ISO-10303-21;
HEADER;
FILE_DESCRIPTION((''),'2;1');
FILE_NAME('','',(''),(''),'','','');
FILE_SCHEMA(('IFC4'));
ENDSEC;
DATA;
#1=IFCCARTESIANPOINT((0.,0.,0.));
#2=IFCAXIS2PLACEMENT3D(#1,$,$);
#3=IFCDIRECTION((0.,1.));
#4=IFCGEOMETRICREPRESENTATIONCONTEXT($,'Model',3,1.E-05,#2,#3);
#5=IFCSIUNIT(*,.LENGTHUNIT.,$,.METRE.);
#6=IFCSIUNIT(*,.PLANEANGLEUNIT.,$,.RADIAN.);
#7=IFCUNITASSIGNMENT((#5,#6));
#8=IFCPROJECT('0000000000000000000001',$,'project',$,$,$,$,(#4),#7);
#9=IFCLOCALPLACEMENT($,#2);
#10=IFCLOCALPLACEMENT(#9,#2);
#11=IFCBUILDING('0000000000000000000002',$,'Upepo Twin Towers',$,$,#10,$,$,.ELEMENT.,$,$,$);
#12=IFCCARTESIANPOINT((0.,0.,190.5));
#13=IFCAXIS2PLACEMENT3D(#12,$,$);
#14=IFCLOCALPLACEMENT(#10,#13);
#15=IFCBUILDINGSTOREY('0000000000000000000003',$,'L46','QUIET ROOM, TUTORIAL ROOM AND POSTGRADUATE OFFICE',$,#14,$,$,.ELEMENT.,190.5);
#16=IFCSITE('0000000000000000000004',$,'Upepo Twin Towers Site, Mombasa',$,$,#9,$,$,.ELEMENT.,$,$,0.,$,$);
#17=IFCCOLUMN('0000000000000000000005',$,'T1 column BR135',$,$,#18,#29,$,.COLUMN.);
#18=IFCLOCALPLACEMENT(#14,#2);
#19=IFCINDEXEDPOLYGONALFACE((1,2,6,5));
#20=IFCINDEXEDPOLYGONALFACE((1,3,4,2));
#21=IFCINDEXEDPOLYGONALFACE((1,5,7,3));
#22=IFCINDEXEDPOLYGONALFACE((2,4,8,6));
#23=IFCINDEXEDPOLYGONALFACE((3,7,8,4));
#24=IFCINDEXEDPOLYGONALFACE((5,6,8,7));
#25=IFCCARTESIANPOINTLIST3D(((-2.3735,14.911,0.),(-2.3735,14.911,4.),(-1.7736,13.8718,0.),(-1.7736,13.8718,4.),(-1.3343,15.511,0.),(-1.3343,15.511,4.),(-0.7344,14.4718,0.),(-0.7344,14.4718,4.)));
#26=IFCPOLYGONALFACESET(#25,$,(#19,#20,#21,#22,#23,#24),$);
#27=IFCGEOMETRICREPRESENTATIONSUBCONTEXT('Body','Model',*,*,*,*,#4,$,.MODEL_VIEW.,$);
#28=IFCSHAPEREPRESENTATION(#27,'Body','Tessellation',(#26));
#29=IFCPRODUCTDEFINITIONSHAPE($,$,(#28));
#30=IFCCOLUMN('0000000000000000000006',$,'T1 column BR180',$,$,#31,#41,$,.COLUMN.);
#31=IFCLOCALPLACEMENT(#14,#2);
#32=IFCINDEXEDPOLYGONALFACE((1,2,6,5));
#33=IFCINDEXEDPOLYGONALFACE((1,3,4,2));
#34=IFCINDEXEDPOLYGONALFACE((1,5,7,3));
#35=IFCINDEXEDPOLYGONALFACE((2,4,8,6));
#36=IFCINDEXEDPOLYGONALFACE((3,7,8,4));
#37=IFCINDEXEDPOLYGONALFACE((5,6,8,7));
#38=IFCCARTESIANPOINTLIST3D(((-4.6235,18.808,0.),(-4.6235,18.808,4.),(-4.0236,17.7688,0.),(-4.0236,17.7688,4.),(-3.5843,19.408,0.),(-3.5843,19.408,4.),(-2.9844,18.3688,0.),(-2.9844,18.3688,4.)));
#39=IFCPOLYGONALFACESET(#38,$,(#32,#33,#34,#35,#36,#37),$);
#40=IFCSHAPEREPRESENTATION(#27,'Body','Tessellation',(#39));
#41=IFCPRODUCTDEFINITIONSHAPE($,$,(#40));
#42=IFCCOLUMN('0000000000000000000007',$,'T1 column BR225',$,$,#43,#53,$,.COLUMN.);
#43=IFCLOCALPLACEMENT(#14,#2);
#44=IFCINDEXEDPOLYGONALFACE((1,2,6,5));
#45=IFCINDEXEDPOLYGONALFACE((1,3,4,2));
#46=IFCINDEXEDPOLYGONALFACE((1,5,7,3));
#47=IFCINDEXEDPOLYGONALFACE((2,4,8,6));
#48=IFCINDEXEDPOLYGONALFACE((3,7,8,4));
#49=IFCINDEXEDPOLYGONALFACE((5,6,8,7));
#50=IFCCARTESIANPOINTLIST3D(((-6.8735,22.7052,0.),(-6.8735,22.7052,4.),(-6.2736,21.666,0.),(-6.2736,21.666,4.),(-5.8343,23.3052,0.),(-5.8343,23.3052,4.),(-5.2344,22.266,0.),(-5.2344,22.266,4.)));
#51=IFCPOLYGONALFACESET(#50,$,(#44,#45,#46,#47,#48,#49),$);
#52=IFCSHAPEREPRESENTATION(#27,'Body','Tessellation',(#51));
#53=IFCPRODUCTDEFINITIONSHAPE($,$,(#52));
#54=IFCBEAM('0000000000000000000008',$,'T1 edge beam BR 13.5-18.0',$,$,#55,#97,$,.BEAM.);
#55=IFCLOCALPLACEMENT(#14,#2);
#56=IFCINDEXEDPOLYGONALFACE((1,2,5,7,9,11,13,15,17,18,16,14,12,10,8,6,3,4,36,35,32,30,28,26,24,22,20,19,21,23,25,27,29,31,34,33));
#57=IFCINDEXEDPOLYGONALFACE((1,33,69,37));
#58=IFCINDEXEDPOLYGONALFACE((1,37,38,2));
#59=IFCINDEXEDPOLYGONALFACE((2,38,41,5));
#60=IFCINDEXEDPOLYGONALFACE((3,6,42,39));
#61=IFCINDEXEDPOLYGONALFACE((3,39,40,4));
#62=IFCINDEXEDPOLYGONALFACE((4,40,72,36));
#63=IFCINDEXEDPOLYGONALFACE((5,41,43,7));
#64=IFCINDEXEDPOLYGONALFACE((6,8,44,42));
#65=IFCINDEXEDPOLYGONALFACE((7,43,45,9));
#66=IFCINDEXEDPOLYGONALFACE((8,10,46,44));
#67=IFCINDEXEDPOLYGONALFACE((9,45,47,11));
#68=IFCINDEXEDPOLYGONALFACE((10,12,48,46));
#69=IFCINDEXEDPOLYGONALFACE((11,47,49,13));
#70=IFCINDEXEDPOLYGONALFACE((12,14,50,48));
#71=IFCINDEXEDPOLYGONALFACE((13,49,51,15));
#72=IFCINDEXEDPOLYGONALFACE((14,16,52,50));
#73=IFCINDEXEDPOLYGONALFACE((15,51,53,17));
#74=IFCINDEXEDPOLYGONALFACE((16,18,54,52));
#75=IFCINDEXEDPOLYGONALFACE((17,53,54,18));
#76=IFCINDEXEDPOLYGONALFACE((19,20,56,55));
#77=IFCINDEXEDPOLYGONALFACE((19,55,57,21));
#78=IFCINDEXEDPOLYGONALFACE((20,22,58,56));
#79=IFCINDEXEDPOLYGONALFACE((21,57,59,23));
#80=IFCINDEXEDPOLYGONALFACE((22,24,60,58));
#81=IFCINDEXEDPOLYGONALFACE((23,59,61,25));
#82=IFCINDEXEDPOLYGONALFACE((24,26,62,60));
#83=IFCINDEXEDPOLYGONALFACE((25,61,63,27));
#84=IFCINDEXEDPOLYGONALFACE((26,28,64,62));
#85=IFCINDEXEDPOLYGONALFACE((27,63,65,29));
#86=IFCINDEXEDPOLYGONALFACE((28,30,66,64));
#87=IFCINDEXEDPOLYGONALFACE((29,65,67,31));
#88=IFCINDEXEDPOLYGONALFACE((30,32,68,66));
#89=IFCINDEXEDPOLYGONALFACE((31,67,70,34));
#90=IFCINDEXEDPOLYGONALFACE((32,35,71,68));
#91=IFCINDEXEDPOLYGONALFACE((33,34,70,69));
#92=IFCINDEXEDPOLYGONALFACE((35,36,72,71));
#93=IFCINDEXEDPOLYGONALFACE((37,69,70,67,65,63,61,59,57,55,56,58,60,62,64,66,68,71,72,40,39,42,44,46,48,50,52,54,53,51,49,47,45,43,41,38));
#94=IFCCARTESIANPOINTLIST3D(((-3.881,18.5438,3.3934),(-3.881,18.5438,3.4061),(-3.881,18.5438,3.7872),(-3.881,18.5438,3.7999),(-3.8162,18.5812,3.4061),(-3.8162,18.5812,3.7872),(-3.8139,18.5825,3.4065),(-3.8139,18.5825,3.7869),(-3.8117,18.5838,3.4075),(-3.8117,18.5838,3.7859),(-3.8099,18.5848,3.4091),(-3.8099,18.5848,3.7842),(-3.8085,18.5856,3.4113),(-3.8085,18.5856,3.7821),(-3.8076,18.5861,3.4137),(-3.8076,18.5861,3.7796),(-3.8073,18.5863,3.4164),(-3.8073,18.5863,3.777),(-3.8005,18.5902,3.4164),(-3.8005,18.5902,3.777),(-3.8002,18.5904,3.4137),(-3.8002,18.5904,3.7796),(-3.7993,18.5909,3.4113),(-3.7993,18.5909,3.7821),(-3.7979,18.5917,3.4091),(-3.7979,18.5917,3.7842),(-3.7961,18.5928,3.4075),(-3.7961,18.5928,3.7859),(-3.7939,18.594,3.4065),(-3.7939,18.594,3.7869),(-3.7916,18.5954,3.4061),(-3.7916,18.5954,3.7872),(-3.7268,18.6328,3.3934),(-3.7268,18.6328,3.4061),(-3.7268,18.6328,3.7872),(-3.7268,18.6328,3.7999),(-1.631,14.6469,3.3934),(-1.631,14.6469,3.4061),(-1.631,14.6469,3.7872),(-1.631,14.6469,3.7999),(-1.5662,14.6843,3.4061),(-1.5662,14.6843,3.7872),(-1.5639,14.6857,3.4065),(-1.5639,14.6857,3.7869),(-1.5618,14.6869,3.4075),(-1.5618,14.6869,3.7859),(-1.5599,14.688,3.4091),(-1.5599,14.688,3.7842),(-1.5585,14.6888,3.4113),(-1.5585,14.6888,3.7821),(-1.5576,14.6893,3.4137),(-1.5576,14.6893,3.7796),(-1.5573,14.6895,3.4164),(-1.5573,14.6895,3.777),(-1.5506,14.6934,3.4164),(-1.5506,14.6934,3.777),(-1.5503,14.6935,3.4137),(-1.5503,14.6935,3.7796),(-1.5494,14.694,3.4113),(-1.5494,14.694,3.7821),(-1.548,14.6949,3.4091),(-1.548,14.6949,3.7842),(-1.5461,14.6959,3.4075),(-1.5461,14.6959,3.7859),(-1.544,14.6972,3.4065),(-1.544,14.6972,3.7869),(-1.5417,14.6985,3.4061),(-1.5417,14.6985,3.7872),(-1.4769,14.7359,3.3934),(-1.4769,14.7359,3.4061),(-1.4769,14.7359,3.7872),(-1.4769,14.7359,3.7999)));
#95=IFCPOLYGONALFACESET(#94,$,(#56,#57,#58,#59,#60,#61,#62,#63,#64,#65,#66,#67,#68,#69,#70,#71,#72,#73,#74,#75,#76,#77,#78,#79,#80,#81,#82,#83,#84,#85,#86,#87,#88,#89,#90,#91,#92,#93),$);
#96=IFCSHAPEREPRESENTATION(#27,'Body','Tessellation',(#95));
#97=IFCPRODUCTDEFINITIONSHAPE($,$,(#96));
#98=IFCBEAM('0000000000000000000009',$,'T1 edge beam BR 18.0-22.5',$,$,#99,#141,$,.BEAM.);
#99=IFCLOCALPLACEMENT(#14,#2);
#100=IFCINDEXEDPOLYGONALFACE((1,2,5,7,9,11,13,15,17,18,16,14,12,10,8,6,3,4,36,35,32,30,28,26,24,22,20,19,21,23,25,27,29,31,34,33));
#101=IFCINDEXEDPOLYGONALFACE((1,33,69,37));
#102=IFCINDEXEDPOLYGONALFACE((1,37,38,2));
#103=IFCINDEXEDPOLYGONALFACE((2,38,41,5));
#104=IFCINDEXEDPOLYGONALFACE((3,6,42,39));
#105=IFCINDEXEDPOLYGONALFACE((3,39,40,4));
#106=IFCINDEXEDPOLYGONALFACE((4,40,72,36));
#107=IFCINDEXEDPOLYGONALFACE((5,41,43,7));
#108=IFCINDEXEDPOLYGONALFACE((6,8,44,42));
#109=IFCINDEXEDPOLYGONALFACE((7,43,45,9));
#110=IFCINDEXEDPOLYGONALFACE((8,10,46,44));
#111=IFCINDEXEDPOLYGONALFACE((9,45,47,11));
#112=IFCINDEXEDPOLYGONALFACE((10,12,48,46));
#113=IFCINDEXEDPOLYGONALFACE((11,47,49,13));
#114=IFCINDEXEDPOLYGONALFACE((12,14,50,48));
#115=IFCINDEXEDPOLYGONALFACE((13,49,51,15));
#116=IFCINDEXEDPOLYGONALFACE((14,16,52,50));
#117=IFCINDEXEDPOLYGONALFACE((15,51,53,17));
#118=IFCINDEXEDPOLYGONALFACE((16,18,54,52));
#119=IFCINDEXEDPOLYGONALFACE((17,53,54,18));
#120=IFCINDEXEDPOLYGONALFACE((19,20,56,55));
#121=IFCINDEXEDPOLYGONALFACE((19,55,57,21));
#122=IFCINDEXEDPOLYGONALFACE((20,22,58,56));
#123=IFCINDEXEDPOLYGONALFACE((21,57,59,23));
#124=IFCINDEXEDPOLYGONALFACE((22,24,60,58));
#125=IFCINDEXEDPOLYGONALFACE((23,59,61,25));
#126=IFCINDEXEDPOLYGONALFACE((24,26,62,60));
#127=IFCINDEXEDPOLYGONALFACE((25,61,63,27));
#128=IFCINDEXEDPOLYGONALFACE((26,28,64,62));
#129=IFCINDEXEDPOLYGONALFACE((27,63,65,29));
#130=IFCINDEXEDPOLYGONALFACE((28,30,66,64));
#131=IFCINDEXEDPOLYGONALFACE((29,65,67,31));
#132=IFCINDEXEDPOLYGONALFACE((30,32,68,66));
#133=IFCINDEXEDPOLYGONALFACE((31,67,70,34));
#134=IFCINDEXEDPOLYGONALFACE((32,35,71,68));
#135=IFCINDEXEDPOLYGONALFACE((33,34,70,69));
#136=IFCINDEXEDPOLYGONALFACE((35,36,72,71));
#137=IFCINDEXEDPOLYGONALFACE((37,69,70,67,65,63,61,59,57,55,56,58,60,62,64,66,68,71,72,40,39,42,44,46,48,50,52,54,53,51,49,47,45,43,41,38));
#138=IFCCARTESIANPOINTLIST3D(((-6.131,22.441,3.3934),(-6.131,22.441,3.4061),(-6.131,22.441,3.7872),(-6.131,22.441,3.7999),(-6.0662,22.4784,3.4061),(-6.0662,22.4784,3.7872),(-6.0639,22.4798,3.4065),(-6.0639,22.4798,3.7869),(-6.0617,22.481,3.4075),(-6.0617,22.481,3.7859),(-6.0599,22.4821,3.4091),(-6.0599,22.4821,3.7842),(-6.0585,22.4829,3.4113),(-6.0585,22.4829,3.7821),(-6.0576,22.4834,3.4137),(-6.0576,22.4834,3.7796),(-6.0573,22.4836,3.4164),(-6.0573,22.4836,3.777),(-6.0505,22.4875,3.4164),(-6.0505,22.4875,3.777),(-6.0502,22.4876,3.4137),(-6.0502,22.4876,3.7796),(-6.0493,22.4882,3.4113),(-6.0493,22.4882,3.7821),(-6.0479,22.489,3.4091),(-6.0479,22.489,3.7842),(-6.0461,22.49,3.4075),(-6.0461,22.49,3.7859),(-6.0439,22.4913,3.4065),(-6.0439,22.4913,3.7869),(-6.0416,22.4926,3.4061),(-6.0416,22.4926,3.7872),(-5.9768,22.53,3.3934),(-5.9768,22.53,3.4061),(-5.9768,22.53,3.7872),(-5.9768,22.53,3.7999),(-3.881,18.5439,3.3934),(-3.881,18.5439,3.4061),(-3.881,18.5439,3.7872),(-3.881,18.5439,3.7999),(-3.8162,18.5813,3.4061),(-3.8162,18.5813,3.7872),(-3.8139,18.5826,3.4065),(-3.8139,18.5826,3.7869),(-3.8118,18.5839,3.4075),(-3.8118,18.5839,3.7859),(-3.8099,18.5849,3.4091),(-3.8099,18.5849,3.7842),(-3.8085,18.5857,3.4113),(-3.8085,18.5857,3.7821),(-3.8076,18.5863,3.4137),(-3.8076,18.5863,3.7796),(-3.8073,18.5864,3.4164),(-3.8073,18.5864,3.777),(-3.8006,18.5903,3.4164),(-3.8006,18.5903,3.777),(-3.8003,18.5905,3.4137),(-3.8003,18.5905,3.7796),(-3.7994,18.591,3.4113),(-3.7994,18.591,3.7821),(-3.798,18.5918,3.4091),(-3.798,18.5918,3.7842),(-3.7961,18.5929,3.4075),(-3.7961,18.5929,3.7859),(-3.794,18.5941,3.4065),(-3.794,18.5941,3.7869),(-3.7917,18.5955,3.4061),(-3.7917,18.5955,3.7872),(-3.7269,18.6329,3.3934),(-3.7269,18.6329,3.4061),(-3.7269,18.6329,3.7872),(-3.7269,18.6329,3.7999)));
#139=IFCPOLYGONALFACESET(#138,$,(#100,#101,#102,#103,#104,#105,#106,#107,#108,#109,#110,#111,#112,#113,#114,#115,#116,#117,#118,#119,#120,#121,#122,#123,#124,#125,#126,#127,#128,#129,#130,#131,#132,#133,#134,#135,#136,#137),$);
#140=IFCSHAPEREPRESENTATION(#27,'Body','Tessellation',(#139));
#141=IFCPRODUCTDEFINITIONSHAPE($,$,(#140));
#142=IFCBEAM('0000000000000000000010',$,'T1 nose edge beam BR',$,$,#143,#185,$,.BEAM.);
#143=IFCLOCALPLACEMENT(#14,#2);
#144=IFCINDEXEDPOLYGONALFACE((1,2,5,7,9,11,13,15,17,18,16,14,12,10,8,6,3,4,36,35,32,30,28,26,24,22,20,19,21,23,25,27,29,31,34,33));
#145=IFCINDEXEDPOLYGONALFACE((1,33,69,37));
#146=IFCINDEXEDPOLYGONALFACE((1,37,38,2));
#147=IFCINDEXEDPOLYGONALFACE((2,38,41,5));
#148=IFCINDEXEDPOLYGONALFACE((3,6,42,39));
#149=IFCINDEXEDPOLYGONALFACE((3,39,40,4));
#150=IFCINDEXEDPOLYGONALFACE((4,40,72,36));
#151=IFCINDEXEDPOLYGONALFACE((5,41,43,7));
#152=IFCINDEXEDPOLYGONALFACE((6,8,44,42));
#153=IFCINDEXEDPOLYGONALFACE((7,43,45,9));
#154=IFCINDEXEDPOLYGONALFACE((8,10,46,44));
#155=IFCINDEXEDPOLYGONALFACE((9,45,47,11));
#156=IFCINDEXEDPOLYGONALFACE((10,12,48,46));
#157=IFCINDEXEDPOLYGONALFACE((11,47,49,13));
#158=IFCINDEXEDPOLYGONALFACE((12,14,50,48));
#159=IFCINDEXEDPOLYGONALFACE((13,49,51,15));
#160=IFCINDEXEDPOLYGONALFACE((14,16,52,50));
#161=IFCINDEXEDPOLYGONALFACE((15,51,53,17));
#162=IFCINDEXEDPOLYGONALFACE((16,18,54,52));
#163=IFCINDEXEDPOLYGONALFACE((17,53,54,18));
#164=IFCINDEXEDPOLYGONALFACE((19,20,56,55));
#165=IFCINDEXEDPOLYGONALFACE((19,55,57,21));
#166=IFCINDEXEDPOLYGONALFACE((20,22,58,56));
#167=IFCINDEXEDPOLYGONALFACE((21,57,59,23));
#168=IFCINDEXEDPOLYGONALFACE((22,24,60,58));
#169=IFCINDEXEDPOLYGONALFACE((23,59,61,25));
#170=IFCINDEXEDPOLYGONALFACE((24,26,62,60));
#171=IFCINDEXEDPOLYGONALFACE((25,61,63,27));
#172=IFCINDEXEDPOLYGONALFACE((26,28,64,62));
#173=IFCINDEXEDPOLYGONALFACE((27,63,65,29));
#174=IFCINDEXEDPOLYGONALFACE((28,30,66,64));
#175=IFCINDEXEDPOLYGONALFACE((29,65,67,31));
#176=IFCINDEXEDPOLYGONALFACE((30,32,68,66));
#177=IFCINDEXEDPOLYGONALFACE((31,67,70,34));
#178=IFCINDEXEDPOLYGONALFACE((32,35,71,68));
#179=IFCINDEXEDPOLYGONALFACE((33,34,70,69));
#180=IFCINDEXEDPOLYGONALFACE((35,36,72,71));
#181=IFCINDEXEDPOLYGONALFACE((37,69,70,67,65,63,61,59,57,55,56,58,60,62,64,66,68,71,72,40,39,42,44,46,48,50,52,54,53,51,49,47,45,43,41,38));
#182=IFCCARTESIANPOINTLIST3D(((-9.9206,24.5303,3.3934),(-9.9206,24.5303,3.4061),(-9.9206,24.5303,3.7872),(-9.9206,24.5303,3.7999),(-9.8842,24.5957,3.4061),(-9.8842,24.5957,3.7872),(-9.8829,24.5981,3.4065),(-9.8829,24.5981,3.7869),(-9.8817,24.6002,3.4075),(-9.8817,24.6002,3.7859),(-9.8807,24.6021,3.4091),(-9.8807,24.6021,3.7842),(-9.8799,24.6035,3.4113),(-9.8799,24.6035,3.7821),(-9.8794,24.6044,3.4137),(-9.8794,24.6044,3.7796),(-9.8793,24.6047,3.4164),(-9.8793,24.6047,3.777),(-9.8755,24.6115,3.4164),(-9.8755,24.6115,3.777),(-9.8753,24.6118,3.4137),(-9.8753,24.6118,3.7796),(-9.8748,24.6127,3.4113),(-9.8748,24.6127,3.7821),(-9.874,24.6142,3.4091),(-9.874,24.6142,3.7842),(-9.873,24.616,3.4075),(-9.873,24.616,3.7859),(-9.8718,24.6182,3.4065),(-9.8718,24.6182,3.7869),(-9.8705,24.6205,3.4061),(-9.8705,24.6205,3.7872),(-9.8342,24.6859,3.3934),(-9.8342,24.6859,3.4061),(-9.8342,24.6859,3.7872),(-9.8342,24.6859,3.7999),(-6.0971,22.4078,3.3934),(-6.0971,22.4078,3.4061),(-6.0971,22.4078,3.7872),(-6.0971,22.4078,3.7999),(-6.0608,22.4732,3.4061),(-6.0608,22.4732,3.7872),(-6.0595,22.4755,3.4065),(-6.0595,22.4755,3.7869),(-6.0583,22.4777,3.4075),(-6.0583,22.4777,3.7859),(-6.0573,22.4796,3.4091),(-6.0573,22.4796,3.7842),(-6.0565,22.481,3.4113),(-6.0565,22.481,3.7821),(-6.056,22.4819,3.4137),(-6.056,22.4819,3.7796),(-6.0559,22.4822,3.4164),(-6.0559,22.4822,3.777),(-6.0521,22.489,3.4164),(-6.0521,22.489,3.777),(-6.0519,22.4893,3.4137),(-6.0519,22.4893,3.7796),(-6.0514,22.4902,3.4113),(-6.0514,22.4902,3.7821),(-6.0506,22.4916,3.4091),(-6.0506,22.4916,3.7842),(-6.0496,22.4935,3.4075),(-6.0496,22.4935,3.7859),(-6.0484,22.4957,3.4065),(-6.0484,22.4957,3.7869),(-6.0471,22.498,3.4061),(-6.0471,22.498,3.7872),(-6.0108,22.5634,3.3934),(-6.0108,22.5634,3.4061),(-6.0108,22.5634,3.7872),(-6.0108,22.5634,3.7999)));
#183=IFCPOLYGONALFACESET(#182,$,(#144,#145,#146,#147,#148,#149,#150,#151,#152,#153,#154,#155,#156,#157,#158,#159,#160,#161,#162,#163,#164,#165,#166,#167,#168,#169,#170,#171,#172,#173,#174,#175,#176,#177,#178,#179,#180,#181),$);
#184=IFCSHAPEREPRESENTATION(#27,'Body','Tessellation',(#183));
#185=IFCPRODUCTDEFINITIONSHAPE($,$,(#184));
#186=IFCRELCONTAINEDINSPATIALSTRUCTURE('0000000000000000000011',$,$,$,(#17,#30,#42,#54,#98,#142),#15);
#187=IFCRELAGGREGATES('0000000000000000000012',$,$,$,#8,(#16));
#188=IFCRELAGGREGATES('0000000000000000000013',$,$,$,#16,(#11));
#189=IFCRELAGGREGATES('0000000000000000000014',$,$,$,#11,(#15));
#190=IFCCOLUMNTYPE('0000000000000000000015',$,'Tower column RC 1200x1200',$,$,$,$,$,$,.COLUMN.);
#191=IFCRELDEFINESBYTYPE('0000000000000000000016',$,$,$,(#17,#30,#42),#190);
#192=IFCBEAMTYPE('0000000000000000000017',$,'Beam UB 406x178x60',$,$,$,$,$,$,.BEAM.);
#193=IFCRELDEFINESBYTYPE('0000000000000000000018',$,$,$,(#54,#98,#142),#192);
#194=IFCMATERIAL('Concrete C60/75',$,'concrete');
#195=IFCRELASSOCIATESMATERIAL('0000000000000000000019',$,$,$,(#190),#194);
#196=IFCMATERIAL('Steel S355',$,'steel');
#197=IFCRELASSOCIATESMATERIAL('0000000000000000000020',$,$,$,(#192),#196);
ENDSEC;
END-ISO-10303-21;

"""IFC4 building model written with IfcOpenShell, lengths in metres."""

from ifc_helpers import new_model, si_unit, direction, frame, origin, origin_2d, place, context, subcontext, project, spatial, rectangle, i_section, extrude, material, material_profile, profile_set, type_object, element, save


model = new_model("IFC4")

# Units and contexts
model_context = context("Model", 3, precision=1e-05, world=origin(), true_north=direction((0.0, 1.0)))
body_context = subcontext(model_context, "Body", "Model", "MODEL_VIEW")
ifc_project = project(units=[si_unit("LENGTHUNIT", "METRE"), si_unit("PLANEANGLEUNIT", "RADIAN")], contexts=[model_context])

# Site, building, storey
site_placement = place(None, origin())
site = spatial("IfcSite", under=ifc_project, at=site_placement, Name="Upepo Twin Towers Site, Mombasa", CompositionType="ELEMENT", RefElevation=0.0)
building_placement = place(site_placement, origin())
building = spatial("IfcBuilding", under=site, at=building_placement, Name="Upepo Twin Towers", CompositionType="ELEMENT")
storey_placement = place(building_placement, frame((0.0, 0.0, 190.5)))
storey = spatial("IfcBuildingStorey", under=building, at=storey_placement, Name="L46", Description="QUIET ROOM, TUTORIAL ROOM AND POSTGRADUATE OFFICE", CompositionType="ELEMENT", Elevation=190.5)

# Columns
ifc_material_1 = material(Name="Concrete C60/75", Category="concrete")
ifc_material_profile_1 = material_profile(ifc_material_1, rectangle(XDim=1.2, YDim=1.2, at=origin_2d()), Name="RC 1200x1200")
ifc_profile_set_1 = profile_set([ifc_material_profile_1], Name="Concrete C60/75")
column_type = type_object("IfcColumnType", Name="Tower column RC 1200x1200", PredefinedType="COLUMN", material=ifc_profile_set_1)
for number, where, z_axis, x_axis, name in (
    (1, (-1.554, 14.6914, 0.0), (0.0, 0.0, 1.0), (0.866025, 0.5, 0.0), "T1 column BR135"),
    (2, (-3.804, 18.5884, 0.0), (0.0, 0.0, 1.0), (0.866025, 0.5, 0.0), "T1 column BR180"),
    (3, (-6.054, 22.4856, 0.0), (0.0, 0.0, 1.0), (0.866025, 0.5, 0.0), "T1 column BR225"),
):
    element("IfcColumn", number, at=place(storey_placement, frame(where, z_axis=z_axis, x_axis=x_axis)), inside=storey, type_object=column_type, Name=name, PredefinedType="COLUMN", context=body_context, shape_type="SweptSolid", body=[
        extrude(rectangle(XDim=1.2, YDim=1.2, at=origin_2d()), origin(), (0.0, 0.0, 1.0), 4.0),
    ])

# Beams
ifc_material_2 = material(Name="Steel S355", Category="steel")
ifc_material_profile_2 = material_profile(ifc_material_2, i_section(OverallWidth=0.178, OverallDepth=0.4065, WebThickness=0.0078, FlangeThickness=0.0127, FilletRadius=0.0103, at=origin_2d()), Name="UB 406x178x60")
ifc_profile_set_2 = profile_set([ifc_material_profile_2], Name="Steel S355")
beam_type_1 = type_object("IfcBeamType", Name="Beam UB 406x178x60", PredefinedType="BEAM", material=ifc_profile_set_2)
beam_1_placement = place(storey_placement, frame((-1.554, 14.6914, 3.5967), z_axis=(-0.500014, 0.866018, 0.0), x_axis=(-0.866018, -0.500014, 0.0)))
element("IfcBeam", 4, at=beam_1_placement, inside=storey, type_object=beam_type_1, Name="T1 edge beam BR 13.5-18.0", PredefinedType="BEAM", context=body_context, shape_type="SweptSolid", body=[
    extrude(i_section(OverallWidth=0.178, OverallDepth=0.4065, WebThickness=0.0078, FlangeThickness=0.0127, FilletRadius=0.0103, at=origin_2d()), origin(), (0.0, 0.0, 1.0), 4.4998),
])
beam_2_placement = place(storey_placement, frame((-3.804, 18.5884, 3.5967), z_axis=(-0.49999, 0.866031, 0.0), x_axis=(-0.866031, -0.49999, 0.0)))
element("IfcBeam", 5, at=beam_2_placement, inside=storey, type_object=beam_type_1, Name="T1 edge beam BR 18.0-22.5", PredefinedType="BEAM", context=body_context, shape_type="SweptSolid", body=[
    extrude(i_section(OverallWidth=0.178, OverallDepth=0.4065, WebThickness=0.0078, FlangeThickness=0.0127, FilletRadius=0.0103, at=origin_2d()), origin(), (0.0, 0.0, 1.0), 4.5),
])
beam_3_placement = place(storey_placement, frame((-6.054, 22.4856, 3.5967), z_axis=(-0.874313, 0.485363, 0.0), x_axis=(-0.485363, -0.874313, 0.0)))
element("IfcBeam", 6, at=beam_3_placement, inside=storey, type_object=beam_type_1, Name="T1 nose edge beam BR", PredefinedType="BEAM", context=body_context, shape_type="SweptSolid", body=[
    extrude(i_section(OverallWidth=0.178, OverallDepth=0.4065, WebThickness=0.0078, FlangeThickness=0.0127, FilletRadius=0.0103, at=origin_2d()), origin(), (0.0, 0.0, 1.0), 4.373),
])

save(model, "model.ifc")
